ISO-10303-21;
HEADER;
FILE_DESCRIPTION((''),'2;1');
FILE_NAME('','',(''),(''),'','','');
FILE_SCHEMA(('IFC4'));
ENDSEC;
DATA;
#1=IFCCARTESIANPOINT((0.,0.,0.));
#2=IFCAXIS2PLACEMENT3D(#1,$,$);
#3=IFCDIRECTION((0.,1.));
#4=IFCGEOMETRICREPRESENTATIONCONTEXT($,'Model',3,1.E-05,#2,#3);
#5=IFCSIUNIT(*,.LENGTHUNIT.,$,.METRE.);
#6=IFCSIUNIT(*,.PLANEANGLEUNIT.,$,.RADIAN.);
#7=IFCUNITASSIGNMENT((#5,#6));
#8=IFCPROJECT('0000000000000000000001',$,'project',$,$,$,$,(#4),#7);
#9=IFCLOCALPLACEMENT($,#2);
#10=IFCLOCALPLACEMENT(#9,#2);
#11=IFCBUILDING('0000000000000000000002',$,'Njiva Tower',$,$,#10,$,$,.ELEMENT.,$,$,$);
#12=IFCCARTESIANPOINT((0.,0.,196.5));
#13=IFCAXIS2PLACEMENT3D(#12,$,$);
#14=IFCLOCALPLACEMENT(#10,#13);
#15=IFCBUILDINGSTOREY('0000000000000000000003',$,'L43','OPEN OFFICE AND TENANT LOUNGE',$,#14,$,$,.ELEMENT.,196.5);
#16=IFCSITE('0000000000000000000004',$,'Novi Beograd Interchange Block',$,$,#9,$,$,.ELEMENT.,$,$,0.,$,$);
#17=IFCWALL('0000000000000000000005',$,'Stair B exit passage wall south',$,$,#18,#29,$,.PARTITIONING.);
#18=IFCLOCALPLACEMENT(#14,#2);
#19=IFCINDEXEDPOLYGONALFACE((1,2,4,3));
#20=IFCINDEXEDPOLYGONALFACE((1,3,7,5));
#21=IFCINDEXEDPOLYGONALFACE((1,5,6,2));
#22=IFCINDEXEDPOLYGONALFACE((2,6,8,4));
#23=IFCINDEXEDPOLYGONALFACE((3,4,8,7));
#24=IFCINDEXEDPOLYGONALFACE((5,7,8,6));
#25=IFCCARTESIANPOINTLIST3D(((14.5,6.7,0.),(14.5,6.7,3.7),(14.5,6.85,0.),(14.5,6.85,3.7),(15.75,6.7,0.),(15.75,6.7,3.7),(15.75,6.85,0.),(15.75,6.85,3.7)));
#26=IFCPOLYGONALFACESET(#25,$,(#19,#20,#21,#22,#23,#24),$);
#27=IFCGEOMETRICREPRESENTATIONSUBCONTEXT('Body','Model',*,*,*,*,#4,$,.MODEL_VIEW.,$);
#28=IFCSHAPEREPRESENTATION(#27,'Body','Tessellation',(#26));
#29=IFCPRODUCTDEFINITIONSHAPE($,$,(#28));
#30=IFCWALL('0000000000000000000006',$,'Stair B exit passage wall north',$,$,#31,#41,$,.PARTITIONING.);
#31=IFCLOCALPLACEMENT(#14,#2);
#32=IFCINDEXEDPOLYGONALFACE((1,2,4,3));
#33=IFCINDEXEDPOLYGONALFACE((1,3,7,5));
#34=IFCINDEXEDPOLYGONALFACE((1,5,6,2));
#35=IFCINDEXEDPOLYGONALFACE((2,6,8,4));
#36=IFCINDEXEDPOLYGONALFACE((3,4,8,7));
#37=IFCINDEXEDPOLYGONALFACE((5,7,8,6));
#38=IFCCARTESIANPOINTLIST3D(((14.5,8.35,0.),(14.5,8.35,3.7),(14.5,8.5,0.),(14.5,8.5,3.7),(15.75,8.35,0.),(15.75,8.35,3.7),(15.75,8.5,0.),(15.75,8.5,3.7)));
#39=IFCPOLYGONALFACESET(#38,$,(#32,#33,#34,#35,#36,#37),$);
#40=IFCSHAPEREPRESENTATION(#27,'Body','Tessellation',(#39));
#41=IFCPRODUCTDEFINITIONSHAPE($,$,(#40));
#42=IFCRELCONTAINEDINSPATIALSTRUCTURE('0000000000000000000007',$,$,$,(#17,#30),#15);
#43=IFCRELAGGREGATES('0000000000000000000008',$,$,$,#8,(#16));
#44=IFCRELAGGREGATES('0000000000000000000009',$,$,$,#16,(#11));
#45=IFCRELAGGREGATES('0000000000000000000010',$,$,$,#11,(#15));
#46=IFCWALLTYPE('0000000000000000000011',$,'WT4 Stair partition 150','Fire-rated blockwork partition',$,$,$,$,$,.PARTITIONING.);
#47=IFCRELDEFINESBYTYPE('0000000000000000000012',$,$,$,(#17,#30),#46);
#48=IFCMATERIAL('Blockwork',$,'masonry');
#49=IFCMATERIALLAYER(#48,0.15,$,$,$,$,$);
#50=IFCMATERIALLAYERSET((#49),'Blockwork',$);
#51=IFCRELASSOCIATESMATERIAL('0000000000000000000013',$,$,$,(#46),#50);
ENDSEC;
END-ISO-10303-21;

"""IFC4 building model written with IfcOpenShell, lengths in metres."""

from ifc_helpers import new_model, si_unit, direction, frame, frame_2d, origin, place, context, subcontext, project, spatial, rectangle, extrude, material, layer, layer_set, type_object, element, save


model = new_model("IFC4")

# Units and contexts
model_context = context("Model", 3, precision=1e-05, world=origin(), true_north=direction((0.0, 1.0)))
body_context = subcontext(model_context, "Body", "Model", "MODEL_VIEW")
ifc_project = project(units=[si_unit("LENGTHUNIT", "METRE"), si_unit("PLANEANGLEUNIT", "RADIAN")], contexts=[model_context])

# Site, building, storey
site_placement = place(None, origin())
site = spatial("IfcSite", under=ifc_project, at=site_placement, Name="Novi Beograd Interchange Block", CompositionType="ELEMENT", RefElevation=0.0)
building_placement = place(site_placement, origin())
building = spatial("IfcBuilding", under=site, at=building_placement, Name="Njiva Tower", CompositionType="ELEMENT")
storey_placement = place(building_placement, frame((0.0, 0.0, 196.5)))
storey = spatial("IfcBuildingStorey", under=building, at=storey_placement, Name="L43", Description="OPEN OFFICE AND TENANT LOUNGE", CompositionType="ELEMENT", Elevation=196.5)

# Shared definitions
ifc_material_1 = material(Name="Blockwork", Category="masonry")

# Walls
ifc_layer_1 = layer(ifc_material_1, 0.15)
ifc_layer_set_1 = layer_set([ifc_layer_1], Name="Blockwork")
wall_type_1 = type_object("IfcWallType", Name="WT4 Stair partition 150", Description="Fire-rated blockwork partition", PredefinedType="PARTITIONING", material=ifc_layer_set_1)
for number, where, z_axis, x_axis, name in (
    (1, (14.5, 6.775, 0.0), (0.0, 0.0, 1.0), (1.0, 0.0, 0.0), "Stair B exit passage wall south"),
    (2, (14.5, 8.425, 0.0), (0.0, 0.0, 1.0), (1.0, 0.0, 0.0), "Stair B exit passage wall north"),
):
    element("IfcWall", number, at=place(storey_placement, frame(where, z_axis=z_axis, x_axis=x_axis)), inside=storey, type_object=wall_type_1, Name=name, PredefinedType="PARTITIONING", context=body_context, shape_type="SweptSolid", body=[
        extrude(rectangle(XDim=1.25, YDim=0.15, at=frame_2d((0.625, 0.0))), origin(), (0.0, 0.0, 1.0), 3.7),
    ])

save(model, "model.ifc")
